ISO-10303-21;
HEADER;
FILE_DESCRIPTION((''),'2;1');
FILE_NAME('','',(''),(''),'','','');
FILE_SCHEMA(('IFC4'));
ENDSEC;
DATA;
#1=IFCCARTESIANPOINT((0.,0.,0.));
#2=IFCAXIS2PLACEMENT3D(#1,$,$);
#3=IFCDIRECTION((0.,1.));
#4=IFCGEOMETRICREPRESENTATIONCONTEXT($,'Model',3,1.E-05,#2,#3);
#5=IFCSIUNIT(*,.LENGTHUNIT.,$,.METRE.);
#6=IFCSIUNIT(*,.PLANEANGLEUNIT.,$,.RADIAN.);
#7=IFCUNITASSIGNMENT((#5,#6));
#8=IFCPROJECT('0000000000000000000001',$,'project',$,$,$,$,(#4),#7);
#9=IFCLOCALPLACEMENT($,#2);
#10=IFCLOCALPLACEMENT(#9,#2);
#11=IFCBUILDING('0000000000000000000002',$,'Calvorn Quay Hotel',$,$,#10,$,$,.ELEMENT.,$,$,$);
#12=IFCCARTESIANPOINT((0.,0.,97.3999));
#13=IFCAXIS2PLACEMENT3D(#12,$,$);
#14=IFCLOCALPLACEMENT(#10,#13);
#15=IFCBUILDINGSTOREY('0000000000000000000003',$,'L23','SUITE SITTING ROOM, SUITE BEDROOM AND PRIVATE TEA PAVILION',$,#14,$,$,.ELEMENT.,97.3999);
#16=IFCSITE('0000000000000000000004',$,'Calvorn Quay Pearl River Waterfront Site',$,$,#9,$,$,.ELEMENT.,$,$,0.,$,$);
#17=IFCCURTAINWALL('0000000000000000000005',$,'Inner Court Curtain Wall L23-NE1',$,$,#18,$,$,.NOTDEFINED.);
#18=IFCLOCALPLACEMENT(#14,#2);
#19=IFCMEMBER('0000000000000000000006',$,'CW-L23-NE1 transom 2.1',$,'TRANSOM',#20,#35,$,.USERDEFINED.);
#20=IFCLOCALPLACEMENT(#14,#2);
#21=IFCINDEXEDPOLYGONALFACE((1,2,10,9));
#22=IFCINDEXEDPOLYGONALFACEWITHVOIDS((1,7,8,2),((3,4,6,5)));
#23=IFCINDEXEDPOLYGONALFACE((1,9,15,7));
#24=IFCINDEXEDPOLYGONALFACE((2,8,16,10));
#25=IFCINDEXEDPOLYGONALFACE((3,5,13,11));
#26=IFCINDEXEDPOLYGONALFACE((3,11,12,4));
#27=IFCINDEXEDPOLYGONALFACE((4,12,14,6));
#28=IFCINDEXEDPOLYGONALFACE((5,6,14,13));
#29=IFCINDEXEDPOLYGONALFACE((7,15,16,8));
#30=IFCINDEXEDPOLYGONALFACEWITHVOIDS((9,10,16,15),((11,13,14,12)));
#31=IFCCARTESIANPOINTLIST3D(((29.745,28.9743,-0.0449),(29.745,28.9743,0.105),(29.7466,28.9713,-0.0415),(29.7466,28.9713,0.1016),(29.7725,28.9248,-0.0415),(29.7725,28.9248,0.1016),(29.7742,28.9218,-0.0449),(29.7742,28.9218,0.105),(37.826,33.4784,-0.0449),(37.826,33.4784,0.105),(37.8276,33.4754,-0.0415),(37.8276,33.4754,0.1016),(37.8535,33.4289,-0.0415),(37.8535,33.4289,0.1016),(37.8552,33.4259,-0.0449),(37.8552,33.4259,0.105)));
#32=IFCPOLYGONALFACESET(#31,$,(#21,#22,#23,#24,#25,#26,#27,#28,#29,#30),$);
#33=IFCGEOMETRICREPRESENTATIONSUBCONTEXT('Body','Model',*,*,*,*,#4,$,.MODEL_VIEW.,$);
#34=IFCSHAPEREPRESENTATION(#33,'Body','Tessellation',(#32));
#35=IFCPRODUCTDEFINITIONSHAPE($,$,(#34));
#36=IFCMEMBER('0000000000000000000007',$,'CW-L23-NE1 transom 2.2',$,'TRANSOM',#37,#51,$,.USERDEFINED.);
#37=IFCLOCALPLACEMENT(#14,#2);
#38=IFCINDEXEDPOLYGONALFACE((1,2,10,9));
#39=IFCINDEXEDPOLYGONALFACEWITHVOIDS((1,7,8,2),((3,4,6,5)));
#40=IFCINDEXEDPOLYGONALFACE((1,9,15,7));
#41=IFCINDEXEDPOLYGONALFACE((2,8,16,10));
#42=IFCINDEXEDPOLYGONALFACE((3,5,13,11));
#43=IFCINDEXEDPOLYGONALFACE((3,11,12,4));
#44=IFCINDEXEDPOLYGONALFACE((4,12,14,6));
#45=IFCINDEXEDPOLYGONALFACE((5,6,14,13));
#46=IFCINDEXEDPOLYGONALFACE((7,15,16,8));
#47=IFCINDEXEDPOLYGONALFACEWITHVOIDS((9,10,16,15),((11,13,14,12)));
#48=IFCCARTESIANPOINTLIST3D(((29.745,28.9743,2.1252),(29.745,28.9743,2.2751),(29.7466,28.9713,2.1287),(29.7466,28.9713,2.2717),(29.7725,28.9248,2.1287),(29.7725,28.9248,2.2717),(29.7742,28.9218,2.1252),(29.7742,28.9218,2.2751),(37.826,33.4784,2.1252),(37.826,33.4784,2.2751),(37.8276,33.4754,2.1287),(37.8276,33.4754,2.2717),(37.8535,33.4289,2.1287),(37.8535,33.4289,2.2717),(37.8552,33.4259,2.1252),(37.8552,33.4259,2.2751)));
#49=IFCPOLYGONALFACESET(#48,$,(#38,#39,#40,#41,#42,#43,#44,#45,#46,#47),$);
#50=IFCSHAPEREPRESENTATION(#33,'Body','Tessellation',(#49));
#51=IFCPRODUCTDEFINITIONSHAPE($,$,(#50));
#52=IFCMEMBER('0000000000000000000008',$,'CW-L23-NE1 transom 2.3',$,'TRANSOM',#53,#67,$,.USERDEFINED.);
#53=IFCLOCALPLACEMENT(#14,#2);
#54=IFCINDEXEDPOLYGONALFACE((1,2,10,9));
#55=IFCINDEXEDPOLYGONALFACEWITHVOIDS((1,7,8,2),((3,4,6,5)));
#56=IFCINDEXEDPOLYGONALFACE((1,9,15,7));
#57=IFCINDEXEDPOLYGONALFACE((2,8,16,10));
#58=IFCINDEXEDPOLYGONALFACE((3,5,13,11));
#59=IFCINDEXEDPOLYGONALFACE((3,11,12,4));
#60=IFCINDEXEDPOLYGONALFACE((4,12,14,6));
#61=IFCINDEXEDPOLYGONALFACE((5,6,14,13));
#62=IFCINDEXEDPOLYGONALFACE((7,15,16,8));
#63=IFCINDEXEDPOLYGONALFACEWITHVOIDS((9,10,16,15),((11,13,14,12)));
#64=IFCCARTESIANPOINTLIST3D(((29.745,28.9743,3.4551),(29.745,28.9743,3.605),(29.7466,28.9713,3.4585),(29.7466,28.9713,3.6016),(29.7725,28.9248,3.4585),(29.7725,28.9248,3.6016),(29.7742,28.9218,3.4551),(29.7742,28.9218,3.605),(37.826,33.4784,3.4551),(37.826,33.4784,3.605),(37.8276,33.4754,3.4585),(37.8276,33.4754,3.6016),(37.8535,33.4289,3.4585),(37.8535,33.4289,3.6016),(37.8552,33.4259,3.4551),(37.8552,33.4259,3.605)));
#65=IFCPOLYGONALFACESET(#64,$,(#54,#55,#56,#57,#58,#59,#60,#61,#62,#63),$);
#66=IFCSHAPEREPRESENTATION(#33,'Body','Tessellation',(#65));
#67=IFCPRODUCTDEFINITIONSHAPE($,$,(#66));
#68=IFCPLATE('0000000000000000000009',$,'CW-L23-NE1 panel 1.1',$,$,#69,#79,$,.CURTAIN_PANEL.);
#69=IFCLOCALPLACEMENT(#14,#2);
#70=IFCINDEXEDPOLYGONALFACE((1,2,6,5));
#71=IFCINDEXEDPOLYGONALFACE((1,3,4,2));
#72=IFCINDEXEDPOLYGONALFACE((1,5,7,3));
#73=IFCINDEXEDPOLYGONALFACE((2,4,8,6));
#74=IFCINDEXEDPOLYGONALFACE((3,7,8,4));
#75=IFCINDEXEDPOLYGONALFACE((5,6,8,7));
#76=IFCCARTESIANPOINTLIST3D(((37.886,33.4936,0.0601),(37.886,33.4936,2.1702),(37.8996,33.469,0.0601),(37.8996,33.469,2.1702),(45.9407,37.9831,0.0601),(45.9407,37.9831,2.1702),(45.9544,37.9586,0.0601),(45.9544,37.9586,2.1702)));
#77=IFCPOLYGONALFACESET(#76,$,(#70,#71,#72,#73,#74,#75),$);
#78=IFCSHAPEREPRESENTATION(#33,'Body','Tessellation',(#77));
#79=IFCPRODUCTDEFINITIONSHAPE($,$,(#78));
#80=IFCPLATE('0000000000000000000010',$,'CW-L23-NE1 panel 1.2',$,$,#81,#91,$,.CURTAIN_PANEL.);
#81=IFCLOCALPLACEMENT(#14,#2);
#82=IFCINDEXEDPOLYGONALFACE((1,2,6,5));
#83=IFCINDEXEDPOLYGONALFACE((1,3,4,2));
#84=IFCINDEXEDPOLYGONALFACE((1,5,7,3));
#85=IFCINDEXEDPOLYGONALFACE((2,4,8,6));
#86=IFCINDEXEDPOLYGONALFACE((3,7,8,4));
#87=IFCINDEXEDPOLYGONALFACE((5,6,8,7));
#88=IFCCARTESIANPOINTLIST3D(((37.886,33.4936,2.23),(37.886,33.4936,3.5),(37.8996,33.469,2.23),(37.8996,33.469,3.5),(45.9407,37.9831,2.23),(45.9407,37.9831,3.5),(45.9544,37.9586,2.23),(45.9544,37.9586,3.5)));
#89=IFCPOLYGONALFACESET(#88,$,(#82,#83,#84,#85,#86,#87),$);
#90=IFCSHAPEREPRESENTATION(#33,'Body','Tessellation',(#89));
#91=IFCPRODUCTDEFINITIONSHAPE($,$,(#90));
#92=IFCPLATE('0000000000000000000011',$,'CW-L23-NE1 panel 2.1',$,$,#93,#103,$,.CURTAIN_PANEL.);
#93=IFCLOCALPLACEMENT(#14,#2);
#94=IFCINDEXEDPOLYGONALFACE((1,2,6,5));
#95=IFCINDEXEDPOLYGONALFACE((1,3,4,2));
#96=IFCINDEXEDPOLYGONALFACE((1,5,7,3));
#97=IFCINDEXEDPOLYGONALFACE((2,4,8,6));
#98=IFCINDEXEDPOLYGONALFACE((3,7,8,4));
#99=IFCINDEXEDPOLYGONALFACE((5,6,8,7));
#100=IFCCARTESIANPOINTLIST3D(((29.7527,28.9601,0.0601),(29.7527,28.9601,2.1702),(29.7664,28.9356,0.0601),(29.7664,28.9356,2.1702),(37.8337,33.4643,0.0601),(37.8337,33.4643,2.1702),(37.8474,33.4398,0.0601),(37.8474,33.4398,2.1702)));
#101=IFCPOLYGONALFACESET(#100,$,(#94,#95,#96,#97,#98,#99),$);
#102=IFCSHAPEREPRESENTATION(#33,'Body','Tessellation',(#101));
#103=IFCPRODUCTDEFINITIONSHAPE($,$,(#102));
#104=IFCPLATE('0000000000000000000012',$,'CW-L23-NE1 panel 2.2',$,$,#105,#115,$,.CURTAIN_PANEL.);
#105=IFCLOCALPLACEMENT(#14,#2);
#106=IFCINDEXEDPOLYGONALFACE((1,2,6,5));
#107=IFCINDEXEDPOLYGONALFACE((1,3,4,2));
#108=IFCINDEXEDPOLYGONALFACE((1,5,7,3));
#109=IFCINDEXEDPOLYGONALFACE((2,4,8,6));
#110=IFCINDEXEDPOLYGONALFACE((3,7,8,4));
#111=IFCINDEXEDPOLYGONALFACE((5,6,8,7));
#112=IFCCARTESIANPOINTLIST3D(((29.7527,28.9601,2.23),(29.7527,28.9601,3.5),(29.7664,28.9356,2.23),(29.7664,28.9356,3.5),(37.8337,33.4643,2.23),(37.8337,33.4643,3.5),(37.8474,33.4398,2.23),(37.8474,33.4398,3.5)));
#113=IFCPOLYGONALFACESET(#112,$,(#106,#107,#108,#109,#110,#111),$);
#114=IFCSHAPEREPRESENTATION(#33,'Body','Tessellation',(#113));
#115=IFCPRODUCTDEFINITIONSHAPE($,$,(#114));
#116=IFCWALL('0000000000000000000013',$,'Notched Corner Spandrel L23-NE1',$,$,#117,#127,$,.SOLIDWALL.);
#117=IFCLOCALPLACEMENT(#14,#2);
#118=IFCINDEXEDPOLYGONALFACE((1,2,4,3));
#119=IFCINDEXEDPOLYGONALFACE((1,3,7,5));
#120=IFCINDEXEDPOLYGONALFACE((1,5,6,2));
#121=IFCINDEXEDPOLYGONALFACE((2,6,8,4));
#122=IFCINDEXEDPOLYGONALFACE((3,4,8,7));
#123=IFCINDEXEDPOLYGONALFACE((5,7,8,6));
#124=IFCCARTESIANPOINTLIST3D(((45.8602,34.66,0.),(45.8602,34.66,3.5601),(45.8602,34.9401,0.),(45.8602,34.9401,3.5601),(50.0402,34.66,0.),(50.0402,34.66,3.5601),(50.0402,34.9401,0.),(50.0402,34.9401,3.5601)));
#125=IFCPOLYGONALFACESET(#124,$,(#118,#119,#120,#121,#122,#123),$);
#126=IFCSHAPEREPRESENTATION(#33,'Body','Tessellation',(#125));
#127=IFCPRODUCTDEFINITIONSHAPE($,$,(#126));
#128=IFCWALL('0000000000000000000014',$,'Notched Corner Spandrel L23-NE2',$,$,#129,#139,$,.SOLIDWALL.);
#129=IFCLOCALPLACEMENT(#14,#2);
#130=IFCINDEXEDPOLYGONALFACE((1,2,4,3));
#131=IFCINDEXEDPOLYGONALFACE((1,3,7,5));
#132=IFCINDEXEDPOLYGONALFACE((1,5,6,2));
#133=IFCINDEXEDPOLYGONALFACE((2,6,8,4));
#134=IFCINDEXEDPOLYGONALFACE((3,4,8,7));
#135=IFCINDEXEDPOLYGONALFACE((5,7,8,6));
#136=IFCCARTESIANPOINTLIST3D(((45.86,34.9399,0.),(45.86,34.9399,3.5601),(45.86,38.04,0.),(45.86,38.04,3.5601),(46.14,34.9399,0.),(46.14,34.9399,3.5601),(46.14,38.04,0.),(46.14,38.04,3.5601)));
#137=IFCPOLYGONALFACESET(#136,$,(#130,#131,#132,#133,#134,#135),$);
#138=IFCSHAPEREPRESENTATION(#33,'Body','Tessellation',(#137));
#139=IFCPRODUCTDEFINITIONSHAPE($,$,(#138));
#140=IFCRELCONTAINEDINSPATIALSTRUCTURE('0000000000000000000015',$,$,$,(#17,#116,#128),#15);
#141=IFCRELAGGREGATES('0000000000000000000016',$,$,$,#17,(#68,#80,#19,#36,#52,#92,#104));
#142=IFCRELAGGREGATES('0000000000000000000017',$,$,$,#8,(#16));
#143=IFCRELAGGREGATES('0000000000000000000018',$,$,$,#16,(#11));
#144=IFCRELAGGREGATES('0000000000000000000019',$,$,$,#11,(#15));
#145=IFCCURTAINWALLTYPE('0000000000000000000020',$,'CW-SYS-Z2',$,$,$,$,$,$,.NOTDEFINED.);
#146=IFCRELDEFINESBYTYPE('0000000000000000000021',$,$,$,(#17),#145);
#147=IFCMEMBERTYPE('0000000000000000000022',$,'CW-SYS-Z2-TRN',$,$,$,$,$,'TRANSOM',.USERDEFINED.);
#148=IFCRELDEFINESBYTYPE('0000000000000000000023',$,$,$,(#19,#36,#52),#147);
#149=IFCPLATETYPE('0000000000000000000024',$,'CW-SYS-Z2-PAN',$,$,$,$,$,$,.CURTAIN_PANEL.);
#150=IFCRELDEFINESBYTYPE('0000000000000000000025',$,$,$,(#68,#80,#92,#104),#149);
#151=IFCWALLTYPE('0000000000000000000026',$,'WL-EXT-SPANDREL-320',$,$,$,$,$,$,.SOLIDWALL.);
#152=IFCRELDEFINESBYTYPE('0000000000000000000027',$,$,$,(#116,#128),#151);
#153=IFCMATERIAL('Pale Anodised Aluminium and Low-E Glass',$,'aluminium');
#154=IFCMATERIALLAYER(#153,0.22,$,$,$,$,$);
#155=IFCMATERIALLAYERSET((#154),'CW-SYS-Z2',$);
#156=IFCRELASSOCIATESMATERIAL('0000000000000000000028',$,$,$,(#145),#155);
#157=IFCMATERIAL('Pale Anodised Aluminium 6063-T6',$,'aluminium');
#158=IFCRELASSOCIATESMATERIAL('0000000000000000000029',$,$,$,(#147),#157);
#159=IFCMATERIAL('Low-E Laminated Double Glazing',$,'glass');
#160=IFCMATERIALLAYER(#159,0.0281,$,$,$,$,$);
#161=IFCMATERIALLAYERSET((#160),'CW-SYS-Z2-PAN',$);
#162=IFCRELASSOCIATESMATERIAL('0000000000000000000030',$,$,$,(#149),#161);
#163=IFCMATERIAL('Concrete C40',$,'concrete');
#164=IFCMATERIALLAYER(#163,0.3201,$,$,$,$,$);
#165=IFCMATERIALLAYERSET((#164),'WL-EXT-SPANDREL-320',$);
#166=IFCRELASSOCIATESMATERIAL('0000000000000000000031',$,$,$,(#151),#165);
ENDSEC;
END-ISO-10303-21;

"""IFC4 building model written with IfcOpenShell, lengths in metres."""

from ifc_helpers import new_model, si_unit, direction, frame, frame_2d, origin, origin_2d, place, context, subcontext, project, spatial, rectangle, hollow_rectangle, extrude, material, layer, layer_set, material_profile, profile_set, type_object, element, aggregate, save


model = new_model("IFC4")

# Units and contexts
model_context = context("Model", 3, precision=1e-05, world=origin(), true_north=direction((0.0, 1.0)))
body_context = subcontext(model_context, "Body", "Model", "MODEL_VIEW")
ifc_project = project(units=[si_unit("LENGTHUNIT", "METRE"), si_unit("PLANEANGLEUNIT", "RADIAN")], contexts=[model_context])

# Site, building, storey
site_placement = place(None, origin())
site = spatial("IfcSite", under=ifc_project, at=site_placement, Name="Calvorn Quay Pearl River Waterfront Site", CompositionType="ELEMENT", RefElevation=0.0)
building_placement = place(site_placement, origin())
building = spatial("IfcBuilding", under=site, at=building_placement, Name="Calvorn Quay Hotel", CompositionType="ELEMENT")
storey_placement = place(building_placement, frame((0.0, 0.0, 97.3999)))
storey = spatial("IfcBuildingStorey", under=building, at=storey_placement, Name="L23", Description="SUITE SITTING ROOM, SUITE BEDROOM AND PRIVATE TEA PAVILION", CompositionType="ELEMENT", Elevation=97.3999)

# Curtain wall, members, plates
ifc_material_1 = material(Name="Pale Anodised Aluminium and Low-E Glass", Category="aluminium")
ifc_layer_1 = layer(ifc_material_1, 0.22)
ifc_layer_set_1 = layer_set([ifc_layer_1], Name="CW-SYS-Z2")
curtain_wall_type = type_object("IfcCurtainWallType", Name="CW-SYS-Z2", PredefinedType="NOTDEFINED", material=ifc_layer_set_1)
curtain_wall_placement = place(storey_placement, origin())
curtain_wall = element("IfcCurtainWall", 1, at=curtain_wall_placement, inside=storey, type_object=curtain_wall_type, Name="Inner Court Curtain Wall L23-NE1", PredefinedType="NOTDEFINED")
ifc_material_2 = material(Name="Pale Anodised Aluminium 6063-T6", Category="aluminium")
ifc_material_profile_1 = material_profile(ifc_material_2, hollow_rectangle(XDim=0.0601, YDim=0.1499, WallThickness=0.0034, at=origin_2d()), Name="ALU-T150x60x3.5")
ifc_profile_set_1 = profile_set([ifc_material_profile_1], Name="Pale Anodised Aluminium 6063-T6")
member_type_1 = type_object("IfcMemberType", Name="CW-SYS-Z2-TRN", ElementType="TRANSOM", PredefinedType="USERDEFINED", material=ifc_profile_set_1)
member_1_placement = place(storey_placement, frame((37.8406, 33.4521, 0.03), z_axis=(-0.873483, -0.486855, 0.0), x_axis=(0.486855, -0.873483, 0.0)))
member_1 = element("IfcMember", 2, at=member_1_placement, type_object=member_type_1, Name="CW-L23-NE1 transom 2.1", ObjectType="TRANSOM", PredefinedType="USERDEFINED", context=body_context, shape_type="SweptSolid", body=[
    extrude(hollow_rectangle(XDim=0.0601, YDim=0.1499, WallThickness=0.0034, at=origin_2d()), origin(), (0.0, 0.0, 1.0), 9.2515),
])
member_2_placement = place(storey_placement, frame((37.8406, 33.4521, 2.2002), z_axis=(-0.873483, -0.486855, 0.0), x_axis=(0.486855, -0.873483, 0.0)))
member_2 = element("IfcMember", 3, at=member_2_placement, type_object=member_type_1, Name="CW-L23-NE1 transom 2.2", ObjectType="TRANSOM", PredefinedType="USERDEFINED", context=body_context, shape_type="SweptSolid", body=[
    extrude(hollow_rectangle(XDim=0.0601, YDim=0.1499, WallThickness=0.0034, at=origin_2d()), origin(), (0.0, 0.0, 1.0), 9.2515),
])
member_3_placement = place(storey_placement, frame((37.8406, 33.4521, 3.53), z_axis=(-0.873483, -0.486855, 0.0), x_axis=(0.486855, -0.873483, 0.0)))
member_3 = element("IfcMember", 4, at=member_3_placement, type_object=member_type_1, Name="CW-L23-NE1 transom 2.3", ObjectType="TRANSOM", PredefinedType="USERDEFINED", context=body_context, shape_type="SweptSolid", body=[
    extrude(hollow_rectangle(XDim=0.0601, YDim=0.1499, WallThickness=0.0034, at=origin_2d()), origin(), (0.0, 0.0, 1.0), 9.2515),
])
ifc_material_3 = material(Name="Low-E Laminated Double Glazing", Category="glass")
ifc_layer_2 = layer(ifc_material_3, 0.0281)
ifc_layer_set_2 = layer_set([ifc_layer_2], Name="CW-SYS-Z2-PAN")
plate_type = type_object("IfcPlateType", Name="CW-SYS-Z2-PAN", PredefinedType="CURTAIN_PANEL", material=ifc_layer_set_2)
plate_1_placement = place(storey_placement, frame((41.9202, 35.7261, 0.0601), z_axis=(0.0, 0.0, 1.0), x_axis=(-0.873481, -0.486858, 0.0)))
plate_1 = element("IfcPlate", 5, at=plate_1_placement, type_object=plate_type, Name="CW-L23-NE1 panel 1.1", PredefinedType="CURTAIN_PANEL", context=body_context, shape_type="SweptSolid", body=[
    extrude(rectangle(XDim=9.2214, YDim=0.0281, at=origin_2d()), origin(), (0.0, 0.0, 1.0), 2.1101),
])
plate_2_placement = place(storey_placement, frame((41.9202, 35.7261, 2.23), z_axis=(0.0, 0.0, 1.0), x_axis=(-0.873481, -0.486858, 0.0)))
plate_2 = element("IfcPlate", 6, at=plate_2_placement, type_object=plate_type, Name="CW-L23-NE1 panel 1.2", PredefinedType="CURTAIN_PANEL", context=body_context, shape_type="SweptSolid", body=[
    extrude(rectangle(XDim=9.2214, YDim=0.0281, at=origin_2d()), origin(), (0.0, 0.0, 1.0), 1.27),
])
plate_3_placement = place(storey_placement, frame((33.8, 31.2, 0.0601), z_axis=(0.0, 0.0, 1.0), x_axis=(-0.873481, -0.486858, 0.0)))
plate_3 = element("IfcPlate", 7, at=plate_3_placement, type_object=plate_type, Name="CW-L23-NE1 panel 2.1", PredefinedType="CURTAIN_PANEL", context=body_context, shape_type="SweptSolid", body=[
    extrude(rectangle(XDim=9.2515, YDim=0.0281, at=origin_2d()), origin(), (0.0, 0.0, 1.0), 2.1101),
])
plate_4_placement = place(storey_placement, frame((33.8, 31.2, 2.23), z_axis=(0.0, 0.0, 1.0), x_axis=(-0.873481, -0.486858, 0.0)))
plate_4 = element("IfcPlate", 8, at=plate_4_placement, type_object=plate_type, Name="CW-L23-NE1 panel 2.2", PredefinedType="CURTAIN_PANEL", context=body_context, shape_type="SweptSolid", body=[
    extrude(rectangle(XDim=9.2515, YDim=0.0281, at=origin_2d()), origin(), (0.0, 0.0, 1.0), 1.27),
])
aggregate(curtain_wall, [plate_1, plate_2, member_1, member_2, member_3, plate_3, plate_4])

# Walls
ifc_material_4 = material(Name="Concrete C40", Category="concrete")
ifc_layer_3 = layer(ifc_material_4, 0.3201)
ifc_layer_set_3 = layer_set([ifc_layer_3], Name="WL-EXT-SPANDREL-320")
wall_type = type_object("IfcWallType", Name="WL-EXT-SPANDREL-320", PredefinedType="SOLIDWALL", material=ifc_layer_set_3)
wall_1_placement = place(storey_placement, frame((50.04, 34.8, 0.0), z_axis=(0.0, 0.0, 1.0), x_axis=(-1.0, 0.0, 0.0)))
element("IfcWall", 9, at=wall_1_placement, inside=storey, type_object=wall_type, Name="Notched Corner Spandrel L23-NE1", PredefinedType="SOLIDWALL", context=body_context, shape_type="SweptSolid", body=[
    extrude(rectangle(XDim=4.1799, YDim=0.28, at=frame_2d((2.0898, 0.0))), origin(), (0.0, 0.0, 1.0), 3.5601),
])
wall_2_placement = place(storey_placement, frame((46.0, 34.9399, 0.0), z_axis=(0.0, 0.0, 1.0), x_axis=(0.0, 1.0, 0.0)))
element("IfcWall", 10, at=wall_2_placement, inside=storey, type_object=wall_type, Name="Notched Corner Spandrel L23-NE2", PredefinedType="SOLIDWALL", context=body_context, shape_type="SweptSolid", body=[
    extrude(rectangle(XDim=3.1001, YDim=0.28, at=frame_2d((1.55, 0.0))), origin(), (0.0, 0.0, 1.0), 3.5601),
])

save(model, "model.ifc")
